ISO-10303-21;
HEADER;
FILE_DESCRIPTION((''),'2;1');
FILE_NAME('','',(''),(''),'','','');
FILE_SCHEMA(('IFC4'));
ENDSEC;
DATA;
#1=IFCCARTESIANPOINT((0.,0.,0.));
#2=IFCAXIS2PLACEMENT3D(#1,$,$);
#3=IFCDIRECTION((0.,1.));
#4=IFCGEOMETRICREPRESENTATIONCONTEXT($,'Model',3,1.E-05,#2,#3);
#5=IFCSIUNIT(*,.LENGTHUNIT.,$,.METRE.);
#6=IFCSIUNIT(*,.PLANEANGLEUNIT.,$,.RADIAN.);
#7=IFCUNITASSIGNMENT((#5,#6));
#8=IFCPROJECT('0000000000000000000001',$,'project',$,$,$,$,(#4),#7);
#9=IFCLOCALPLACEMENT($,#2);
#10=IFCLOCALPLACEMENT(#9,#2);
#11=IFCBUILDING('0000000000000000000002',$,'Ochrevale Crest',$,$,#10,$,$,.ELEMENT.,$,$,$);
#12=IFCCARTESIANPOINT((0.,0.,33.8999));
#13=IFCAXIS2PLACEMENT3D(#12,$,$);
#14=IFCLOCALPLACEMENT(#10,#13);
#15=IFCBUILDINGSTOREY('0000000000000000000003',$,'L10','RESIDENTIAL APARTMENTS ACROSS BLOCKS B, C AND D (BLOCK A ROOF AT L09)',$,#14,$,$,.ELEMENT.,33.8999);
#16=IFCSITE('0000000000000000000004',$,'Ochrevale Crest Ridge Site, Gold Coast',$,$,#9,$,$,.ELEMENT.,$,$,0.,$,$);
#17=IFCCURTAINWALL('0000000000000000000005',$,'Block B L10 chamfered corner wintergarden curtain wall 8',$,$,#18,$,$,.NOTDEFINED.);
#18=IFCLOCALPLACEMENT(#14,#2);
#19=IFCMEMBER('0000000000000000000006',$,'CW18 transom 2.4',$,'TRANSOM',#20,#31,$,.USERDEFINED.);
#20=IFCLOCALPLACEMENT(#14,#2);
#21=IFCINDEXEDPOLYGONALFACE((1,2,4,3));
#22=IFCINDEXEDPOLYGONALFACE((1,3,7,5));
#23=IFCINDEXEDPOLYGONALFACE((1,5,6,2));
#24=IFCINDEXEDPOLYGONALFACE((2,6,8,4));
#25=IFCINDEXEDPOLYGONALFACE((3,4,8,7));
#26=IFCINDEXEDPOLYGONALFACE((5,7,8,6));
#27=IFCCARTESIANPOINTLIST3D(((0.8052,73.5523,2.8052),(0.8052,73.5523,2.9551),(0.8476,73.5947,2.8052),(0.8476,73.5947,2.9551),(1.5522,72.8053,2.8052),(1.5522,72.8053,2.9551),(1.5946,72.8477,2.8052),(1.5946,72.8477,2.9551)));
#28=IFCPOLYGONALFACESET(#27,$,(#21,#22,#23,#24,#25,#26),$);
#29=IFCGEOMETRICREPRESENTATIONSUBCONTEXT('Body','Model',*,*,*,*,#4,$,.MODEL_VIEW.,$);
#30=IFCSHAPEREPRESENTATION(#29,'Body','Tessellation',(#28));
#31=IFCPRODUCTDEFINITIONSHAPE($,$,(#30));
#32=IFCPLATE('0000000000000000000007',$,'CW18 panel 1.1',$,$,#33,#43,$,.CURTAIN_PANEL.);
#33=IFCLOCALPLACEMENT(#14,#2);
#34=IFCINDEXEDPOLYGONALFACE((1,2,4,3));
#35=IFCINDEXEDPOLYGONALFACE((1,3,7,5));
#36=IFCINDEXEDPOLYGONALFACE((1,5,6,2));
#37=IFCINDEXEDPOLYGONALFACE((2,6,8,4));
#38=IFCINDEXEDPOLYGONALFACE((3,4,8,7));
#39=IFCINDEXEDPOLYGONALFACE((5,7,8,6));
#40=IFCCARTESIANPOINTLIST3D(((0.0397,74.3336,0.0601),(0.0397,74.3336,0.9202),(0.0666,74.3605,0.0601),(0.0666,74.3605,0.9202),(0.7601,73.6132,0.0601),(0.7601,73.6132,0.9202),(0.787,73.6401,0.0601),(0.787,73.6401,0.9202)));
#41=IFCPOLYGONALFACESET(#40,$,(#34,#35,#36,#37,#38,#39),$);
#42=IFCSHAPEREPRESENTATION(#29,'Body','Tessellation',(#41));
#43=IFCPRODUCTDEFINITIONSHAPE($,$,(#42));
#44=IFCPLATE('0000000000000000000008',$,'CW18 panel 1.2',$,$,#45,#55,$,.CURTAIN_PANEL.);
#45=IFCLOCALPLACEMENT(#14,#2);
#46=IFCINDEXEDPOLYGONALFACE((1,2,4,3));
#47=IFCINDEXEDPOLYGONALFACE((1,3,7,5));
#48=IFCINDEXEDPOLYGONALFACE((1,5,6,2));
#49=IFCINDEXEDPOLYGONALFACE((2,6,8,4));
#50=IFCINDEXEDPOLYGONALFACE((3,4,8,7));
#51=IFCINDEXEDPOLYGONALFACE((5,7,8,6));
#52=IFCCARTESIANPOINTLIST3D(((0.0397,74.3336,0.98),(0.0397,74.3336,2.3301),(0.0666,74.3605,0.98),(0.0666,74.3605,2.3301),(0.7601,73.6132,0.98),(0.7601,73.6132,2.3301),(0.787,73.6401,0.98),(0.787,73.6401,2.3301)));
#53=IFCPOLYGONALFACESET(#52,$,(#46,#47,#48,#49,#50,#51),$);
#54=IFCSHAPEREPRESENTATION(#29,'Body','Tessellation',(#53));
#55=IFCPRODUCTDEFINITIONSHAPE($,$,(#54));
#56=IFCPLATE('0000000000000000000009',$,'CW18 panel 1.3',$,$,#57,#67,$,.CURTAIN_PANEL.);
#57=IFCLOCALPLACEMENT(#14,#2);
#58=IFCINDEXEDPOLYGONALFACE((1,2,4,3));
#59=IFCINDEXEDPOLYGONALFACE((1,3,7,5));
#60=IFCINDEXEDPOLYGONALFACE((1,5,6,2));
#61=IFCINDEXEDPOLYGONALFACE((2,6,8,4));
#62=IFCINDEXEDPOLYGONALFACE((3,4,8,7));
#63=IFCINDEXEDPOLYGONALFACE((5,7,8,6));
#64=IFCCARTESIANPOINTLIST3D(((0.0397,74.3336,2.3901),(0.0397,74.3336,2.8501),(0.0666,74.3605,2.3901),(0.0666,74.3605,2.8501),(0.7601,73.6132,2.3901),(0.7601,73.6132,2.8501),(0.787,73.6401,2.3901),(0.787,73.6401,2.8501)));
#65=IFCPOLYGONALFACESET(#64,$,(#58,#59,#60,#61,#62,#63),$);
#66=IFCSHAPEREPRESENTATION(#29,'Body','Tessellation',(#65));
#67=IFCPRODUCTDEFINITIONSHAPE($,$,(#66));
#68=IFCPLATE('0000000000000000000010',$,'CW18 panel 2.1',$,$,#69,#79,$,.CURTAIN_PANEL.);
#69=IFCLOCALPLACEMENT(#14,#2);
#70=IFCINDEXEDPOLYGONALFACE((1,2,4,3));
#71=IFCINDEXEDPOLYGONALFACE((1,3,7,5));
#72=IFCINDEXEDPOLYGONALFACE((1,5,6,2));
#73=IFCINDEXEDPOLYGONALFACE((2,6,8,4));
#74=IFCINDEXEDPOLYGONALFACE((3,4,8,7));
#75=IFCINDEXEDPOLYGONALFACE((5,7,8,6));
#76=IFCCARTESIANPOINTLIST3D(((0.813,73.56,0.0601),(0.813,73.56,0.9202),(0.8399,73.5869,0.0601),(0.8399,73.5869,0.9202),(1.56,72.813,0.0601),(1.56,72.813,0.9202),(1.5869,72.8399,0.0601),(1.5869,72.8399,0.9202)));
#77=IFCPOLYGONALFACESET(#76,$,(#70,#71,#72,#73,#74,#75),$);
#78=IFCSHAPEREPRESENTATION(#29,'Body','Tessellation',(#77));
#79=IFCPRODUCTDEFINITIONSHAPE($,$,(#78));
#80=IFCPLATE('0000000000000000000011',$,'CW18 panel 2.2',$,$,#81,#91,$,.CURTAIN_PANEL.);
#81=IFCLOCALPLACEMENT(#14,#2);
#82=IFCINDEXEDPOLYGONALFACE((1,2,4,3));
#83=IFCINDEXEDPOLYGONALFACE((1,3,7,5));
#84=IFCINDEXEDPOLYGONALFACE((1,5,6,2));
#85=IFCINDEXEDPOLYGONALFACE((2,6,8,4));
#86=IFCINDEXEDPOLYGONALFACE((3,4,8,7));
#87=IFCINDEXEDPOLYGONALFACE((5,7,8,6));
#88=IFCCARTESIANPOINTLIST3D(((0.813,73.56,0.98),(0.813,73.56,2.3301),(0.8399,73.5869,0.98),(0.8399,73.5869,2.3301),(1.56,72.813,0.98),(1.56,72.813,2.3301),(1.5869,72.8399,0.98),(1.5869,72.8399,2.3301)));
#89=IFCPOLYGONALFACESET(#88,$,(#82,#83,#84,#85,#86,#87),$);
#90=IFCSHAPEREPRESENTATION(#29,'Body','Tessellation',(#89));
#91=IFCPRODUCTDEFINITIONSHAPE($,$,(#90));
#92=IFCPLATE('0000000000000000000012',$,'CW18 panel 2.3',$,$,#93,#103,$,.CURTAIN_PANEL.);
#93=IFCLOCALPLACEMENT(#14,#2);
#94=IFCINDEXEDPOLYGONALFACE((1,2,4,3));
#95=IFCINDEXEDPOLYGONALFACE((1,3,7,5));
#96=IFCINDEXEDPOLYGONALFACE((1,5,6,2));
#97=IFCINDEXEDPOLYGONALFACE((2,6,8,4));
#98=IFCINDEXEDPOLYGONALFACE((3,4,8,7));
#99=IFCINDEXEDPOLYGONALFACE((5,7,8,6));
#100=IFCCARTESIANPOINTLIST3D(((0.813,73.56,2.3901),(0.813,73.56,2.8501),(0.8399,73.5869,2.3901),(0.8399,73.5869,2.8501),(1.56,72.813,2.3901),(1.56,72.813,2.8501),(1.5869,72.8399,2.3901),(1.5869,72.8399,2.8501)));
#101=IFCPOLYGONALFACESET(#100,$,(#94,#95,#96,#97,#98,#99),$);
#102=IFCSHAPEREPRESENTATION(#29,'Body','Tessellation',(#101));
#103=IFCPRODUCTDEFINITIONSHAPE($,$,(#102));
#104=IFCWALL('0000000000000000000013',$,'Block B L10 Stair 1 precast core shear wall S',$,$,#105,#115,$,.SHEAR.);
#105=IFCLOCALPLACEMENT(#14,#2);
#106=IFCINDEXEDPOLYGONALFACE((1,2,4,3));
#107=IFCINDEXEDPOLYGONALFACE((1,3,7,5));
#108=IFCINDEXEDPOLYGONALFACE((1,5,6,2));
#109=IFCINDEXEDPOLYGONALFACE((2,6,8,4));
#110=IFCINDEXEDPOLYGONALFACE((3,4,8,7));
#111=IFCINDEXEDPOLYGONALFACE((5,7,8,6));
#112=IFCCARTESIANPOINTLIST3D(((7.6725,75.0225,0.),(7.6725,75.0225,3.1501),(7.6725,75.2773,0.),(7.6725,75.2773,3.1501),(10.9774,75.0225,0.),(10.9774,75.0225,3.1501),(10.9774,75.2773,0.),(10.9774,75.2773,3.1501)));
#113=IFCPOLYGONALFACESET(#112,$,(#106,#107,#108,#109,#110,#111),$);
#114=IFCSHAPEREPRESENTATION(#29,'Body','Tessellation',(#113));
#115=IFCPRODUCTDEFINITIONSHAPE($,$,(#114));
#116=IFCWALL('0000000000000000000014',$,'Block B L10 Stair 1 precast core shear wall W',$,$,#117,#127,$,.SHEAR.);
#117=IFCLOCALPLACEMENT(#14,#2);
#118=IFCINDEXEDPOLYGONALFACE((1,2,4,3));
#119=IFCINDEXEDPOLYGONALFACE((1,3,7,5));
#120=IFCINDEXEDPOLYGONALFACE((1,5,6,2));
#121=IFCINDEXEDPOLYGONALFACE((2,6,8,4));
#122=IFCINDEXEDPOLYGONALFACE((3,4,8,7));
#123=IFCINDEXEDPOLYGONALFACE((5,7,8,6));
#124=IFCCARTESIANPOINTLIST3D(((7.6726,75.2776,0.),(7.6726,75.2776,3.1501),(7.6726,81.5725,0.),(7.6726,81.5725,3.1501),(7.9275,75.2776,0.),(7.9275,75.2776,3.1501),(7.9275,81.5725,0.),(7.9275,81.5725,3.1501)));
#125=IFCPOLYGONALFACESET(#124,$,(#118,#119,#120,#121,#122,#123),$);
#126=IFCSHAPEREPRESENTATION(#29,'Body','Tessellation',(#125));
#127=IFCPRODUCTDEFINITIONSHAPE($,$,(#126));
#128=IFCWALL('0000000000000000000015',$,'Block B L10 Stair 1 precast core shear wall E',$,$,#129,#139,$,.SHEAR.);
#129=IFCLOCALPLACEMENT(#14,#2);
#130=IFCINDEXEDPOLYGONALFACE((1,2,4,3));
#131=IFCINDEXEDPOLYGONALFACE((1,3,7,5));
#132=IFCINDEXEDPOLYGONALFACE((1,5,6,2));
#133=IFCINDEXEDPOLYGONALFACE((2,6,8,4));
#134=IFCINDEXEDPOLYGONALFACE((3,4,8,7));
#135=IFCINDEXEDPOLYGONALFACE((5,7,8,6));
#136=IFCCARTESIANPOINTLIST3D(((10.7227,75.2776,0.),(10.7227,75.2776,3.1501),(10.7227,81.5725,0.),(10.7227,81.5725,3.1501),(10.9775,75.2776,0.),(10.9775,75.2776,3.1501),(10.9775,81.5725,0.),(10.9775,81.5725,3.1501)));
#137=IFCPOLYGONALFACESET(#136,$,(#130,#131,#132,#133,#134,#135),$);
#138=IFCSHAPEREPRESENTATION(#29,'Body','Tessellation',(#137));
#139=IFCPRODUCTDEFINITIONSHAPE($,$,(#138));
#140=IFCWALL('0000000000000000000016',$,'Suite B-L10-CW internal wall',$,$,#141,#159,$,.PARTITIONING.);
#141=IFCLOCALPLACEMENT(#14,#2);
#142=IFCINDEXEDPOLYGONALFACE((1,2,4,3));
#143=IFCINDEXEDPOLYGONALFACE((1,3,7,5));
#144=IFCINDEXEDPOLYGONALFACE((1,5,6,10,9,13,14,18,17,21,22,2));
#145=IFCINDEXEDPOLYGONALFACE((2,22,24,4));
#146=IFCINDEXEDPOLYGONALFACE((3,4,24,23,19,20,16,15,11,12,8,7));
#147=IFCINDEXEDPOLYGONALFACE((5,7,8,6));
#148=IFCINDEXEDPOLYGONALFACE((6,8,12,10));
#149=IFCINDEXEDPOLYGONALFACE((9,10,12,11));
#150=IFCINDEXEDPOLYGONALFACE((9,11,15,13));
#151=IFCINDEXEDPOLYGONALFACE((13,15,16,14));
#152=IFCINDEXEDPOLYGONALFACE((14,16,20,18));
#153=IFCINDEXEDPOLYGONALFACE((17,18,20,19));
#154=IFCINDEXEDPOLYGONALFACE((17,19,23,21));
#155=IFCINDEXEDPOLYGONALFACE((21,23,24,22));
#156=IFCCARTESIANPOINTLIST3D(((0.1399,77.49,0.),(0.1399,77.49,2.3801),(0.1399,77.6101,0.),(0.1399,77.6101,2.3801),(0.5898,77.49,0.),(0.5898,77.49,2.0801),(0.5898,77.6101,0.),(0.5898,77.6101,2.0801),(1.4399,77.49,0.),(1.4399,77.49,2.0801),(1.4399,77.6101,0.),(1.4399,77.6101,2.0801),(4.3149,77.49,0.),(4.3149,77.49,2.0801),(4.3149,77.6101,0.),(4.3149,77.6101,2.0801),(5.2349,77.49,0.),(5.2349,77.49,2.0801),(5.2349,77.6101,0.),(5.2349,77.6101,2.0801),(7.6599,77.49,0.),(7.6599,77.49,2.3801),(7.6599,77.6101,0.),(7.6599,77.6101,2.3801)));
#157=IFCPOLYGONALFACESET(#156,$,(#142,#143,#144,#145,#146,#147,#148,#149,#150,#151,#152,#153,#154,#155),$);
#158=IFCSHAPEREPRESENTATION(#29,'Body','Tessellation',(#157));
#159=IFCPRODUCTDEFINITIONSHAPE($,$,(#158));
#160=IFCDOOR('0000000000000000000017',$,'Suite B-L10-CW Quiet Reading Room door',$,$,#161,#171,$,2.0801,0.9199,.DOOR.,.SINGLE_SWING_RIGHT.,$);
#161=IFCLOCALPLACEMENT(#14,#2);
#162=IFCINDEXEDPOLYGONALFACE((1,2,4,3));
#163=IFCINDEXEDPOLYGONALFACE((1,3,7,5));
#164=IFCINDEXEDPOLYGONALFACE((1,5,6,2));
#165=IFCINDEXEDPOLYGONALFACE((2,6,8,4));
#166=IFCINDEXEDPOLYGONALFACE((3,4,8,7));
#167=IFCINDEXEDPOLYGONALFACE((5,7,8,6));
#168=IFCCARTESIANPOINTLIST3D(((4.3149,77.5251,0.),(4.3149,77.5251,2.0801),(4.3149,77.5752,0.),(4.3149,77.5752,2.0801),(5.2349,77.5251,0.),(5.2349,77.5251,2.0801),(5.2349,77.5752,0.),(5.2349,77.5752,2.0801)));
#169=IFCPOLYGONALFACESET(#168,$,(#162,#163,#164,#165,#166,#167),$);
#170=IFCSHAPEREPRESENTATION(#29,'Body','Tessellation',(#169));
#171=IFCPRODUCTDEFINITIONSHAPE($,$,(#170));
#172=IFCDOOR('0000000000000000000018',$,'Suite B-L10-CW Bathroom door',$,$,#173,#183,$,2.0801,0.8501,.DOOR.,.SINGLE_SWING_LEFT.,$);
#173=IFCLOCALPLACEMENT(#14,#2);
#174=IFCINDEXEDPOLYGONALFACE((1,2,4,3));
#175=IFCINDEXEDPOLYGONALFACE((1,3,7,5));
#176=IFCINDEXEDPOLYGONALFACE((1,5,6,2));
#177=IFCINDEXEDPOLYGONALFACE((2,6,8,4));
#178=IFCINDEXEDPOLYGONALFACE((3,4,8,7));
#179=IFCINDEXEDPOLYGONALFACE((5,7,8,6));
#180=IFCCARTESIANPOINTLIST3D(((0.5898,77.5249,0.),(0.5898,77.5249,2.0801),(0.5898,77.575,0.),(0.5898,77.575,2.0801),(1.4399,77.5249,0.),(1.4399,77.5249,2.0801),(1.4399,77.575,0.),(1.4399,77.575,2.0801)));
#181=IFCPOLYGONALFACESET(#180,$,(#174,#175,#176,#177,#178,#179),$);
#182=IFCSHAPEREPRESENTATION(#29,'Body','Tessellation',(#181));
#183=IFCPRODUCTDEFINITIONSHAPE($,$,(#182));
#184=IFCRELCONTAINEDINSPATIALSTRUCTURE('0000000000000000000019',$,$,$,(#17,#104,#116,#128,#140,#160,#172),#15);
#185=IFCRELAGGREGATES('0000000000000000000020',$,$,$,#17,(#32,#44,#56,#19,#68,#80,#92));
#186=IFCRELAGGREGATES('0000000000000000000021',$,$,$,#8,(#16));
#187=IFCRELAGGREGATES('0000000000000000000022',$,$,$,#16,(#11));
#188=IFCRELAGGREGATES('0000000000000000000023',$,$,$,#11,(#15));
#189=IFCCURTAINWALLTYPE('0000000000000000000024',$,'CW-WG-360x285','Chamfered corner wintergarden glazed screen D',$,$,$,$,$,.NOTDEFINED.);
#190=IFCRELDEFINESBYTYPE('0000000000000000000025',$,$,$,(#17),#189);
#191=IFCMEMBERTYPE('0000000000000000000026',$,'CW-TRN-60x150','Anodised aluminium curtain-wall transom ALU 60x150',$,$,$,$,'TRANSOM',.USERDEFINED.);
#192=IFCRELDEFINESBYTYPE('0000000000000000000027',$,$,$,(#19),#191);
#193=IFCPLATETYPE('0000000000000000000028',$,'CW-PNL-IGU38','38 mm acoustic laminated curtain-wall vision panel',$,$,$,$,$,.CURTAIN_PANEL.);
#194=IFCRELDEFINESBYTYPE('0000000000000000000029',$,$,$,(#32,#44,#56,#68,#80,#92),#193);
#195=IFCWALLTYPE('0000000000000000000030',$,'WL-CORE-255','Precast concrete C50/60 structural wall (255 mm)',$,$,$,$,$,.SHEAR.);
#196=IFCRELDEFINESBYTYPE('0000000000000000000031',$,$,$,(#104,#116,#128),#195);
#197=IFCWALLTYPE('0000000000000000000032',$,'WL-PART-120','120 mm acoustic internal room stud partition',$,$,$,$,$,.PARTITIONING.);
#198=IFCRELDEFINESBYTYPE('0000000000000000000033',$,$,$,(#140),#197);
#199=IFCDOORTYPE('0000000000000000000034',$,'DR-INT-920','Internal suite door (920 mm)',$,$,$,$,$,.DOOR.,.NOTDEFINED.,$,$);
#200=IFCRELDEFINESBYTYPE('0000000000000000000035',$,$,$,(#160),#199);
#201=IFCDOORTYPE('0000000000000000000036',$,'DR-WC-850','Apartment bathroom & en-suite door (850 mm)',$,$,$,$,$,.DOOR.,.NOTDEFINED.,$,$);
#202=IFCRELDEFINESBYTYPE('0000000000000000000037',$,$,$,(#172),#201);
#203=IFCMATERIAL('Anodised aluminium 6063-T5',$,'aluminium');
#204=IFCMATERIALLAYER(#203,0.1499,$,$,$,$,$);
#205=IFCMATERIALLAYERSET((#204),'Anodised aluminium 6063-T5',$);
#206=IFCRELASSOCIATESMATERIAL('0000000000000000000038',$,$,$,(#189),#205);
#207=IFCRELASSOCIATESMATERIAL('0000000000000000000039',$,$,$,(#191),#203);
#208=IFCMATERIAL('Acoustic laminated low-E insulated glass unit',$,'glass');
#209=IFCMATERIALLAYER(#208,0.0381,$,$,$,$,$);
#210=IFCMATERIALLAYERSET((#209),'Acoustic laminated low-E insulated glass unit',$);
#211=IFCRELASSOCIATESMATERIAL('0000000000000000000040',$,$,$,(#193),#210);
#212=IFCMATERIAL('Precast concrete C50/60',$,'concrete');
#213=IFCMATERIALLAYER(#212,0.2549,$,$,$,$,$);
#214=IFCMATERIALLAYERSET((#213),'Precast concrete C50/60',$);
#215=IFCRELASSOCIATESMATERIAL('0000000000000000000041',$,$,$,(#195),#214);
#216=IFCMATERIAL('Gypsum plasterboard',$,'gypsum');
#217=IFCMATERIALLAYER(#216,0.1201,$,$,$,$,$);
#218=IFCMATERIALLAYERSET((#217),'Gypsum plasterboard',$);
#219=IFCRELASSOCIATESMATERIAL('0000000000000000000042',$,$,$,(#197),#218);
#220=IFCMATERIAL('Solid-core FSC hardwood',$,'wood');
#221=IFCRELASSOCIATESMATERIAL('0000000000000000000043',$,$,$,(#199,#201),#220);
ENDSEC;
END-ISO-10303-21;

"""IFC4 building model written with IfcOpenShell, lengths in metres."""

from ifc_helpers import new_model, si_unit, direction, frame, frame_2d, origin, origin_2d, place, context, subcontext, project, spatial, rectangle, extrude, material, layer, layer_set, material_profile, profile_set, type_object, element, fill, aggregate, save


model = new_model("IFC4")

# Units and contexts
model_context = context("Model", 3, precision=1e-05, world=origin(), true_north=direction((0.0, 1.0)))
body_context = subcontext(model_context, "Body", "Model", "MODEL_VIEW")
ifc_project = project(units=[si_unit("LENGTHUNIT", "METRE"), si_unit("PLANEANGLEUNIT", "RADIAN")], contexts=[model_context])

# Site, building, storey
site_placement = place(None, origin())
site = spatial("IfcSite", under=ifc_project, at=site_placement, Name="Ochrevale Crest Ridge Site, Gold Coast", CompositionType="ELEMENT", RefElevation=0.0)
building_placement = place(site_placement, origin())
building = spatial("IfcBuilding", under=site, at=building_placement, Name="Ochrevale Crest", CompositionType="ELEMENT")
storey_placement = place(building_placement, frame((0.0, 0.0, 33.8999)))
storey = spatial("IfcBuildingStorey", under=building, at=storey_placement, Name="L10", Description="RESIDENTIAL APARTMENTS ACROSS BLOCKS B, C AND D (BLOCK A ROOF AT L09)", CompositionType="ELEMENT", Elevation=33.8999)

# Shared definitions
ifc_material_1 = material(Name="Precast concrete C50/60", Category="concrete")

# Curtain wall, member, plates
ifc_material_2 = material(Name="Anodised aluminium 6063-T5", Category="aluminium")
ifc_layer_1 = layer(ifc_material_2, 0.1499)
ifc_layer_set_1 = layer_set([ifc_layer_1], Name="Anodised aluminium 6063-T5")
curtain_wall_type = type_object("IfcCurtainWallType", Name="CW-WG-360x285", Description="Chamfered corner wintergarden glazed screen D", PredefinedType="NOTDEFINED", material=ifc_layer_set_1)
curtain_wall_placement = place(storey_placement, origin())
curtain_wall = element("IfcCurtainWall", 1, at=curtain_wall_placement, inside=storey, type_object=curtain_wall_type, Name="Block B L10 chamfered corner wintergarden curtain wall 8", PredefinedType="NOTDEFINED")
ifc_material_profile_1 = material_profile(ifc_material_2, rectangle(XDim=0.0601, YDim=0.1499, at=origin_2d()), Name="ALU 60x150")
ifc_profile_set_1 = profile_set([ifc_material_profile_1], Name="Anodised aluminium 6063-T5")
member_type_1 = type_object("IfcMemberType", Name="CW-TRN-60x150", Description="Anodised aluminium curtain-wall transom ALU 60x150", ElementType="TRANSOM", PredefinedType="USERDEFINED", material=ifc_profile_set_1)
member_1_placement = place(storey_placement, frame((0.8264, 73.5735, 2.8801), z_axis=(0.707107, -0.707107, 0.0), x_axis=(0.707107, 0.707107, 0.0)))
member_1 = element("IfcMember", 2, at=member_1_placement, type_object=member_type_1, Name="CW18 transom 2.4", ObjectType="TRANSOM", PredefinedType="USERDEFINED", context=body_context, shape_type="SweptSolid", body=[
    extrude(rectangle(XDim=0.0601, YDim=0.1499, at=origin_2d()), origin(), (0.0, 0.0, 1.0), 1.0564),
])
ifc_material_3 = material(Name="Acoustic laminated low-E insulated glass unit", Category="glass")
ifc_layer_2 = layer(ifc_material_3, 0.0381)
ifc_layer_set_2 = layer_set([ifc_layer_2], Name="Acoustic laminated low-E insulated glass unit")
plate_type = type_object("IfcPlateType", Name="CW-PNL-IGU38", Description="38 mm acoustic laminated curtain-wall vision panel", PredefinedType="CURTAIN_PANEL", material=ifc_layer_set_2)
plate_1_placement = place(storey_placement, frame((0.4133, 73.9868, 0.0601), z_axis=(0.0, 0.0, 1.0), x_axis=(0.707107, -0.707107, 0.0)))
plate_1 = element("IfcPlate", 3, at=plate_1_placement, type_object=plate_type, Name="CW18 panel 1.1", PredefinedType="CURTAIN_PANEL", context=body_context, shape_type="SweptSolid", body=[
    extrude(rectangle(XDim=1.0188, YDim=0.0381, at=origin_2d()), origin(), (0.0, 0.0, 1.0), 0.8601),
])
plate_2_placement = place(storey_placement, frame((0.4133, 73.9868, 0.98), z_axis=(0.0, 0.0, 1.0), x_axis=(0.707107, -0.707107, 0.0)))
plate_2 = element("IfcPlate", 4, at=plate_2_placement, type_object=plate_type, Name="CW18 panel 1.2", PredefinedType="CURTAIN_PANEL", context=body_context, shape_type="SweptSolid", body=[
    extrude(rectangle(XDim=1.0188, YDim=0.0381, at=origin_2d()), origin(), (0.0, 0.0, 1.0), 1.3501),
])
plate_3_placement = place(storey_placement, frame((0.4133, 73.9868, 2.3901), z_axis=(0.0, 0.0, 1.0), x_axis=(0.707107, -0.707107, 0.0)))
plate_3 = element("IfcPlate", 5, at=plate_3_placement, type_object=plate_type, Name="CW18 panel 1.3", PredefinedType="CURTAIN_PANEL", context=body_context, shape_type="SweptSolid", body=[
    extrude(rectangle(XDim=1.0188, YDim=0.0381, at=origin_2d()), origin(), (0.0, 0.0, 1.0), 0.46),
])
plate_4_placement = place(storey_placement, frame((1.2, 73.2, 0.0601), z_axis=(0.0, 0.0, 1.0), x_axis=(0.707107, -0.707107, 0.0)))
plate_4 = element("IfcPlate", 6, at=plate_4_placement, type_object=plate_type, Name="CW18 panel 2.1", PredefinedType="CURTAIN_PANEL", context=body_context, shape_type="SweptSolid", body=[
    extrude(rectangle(XDim=1.0564, YDim=0.0381, at=origin_2d()), origin(), (0.0, 0.0, 1.0), 0.8601),
])
plate_5_placement = place(storey_placement, frame((1.2, 73.2, 0.98), z_axis=(0.0, 0.0, 1.0), x_axis=(0.707107, -0.707107, 0.0)))
plate_5 = element("IfcPlate", 7, at=plate_5_placement, type_object=plate_type, Name="CW18 panel 2.2", PredefinedType="CURTAIN_PANEL", context=body_context, shape_type="SweptSolid", body=[
    extrude(rectangle(XDim=1.0564, YDim=0.0381, at=origin_2d()), origin(), (0.0, 0.0, 1.0), 1.3501),
])
plate_6_placement = place(storey_placement, frame((1.2, 73.2, 2.3901), z_axis=(0.0, 0.0, 1.0), x_axis=(0.707107, -0.707107, 0.0)))
plate_6 = element("IfcPlate", 8, at=plate_6_placement, type_object=plate_type, Name="CW18 panel 2.3", PredefinedType="CURTAIN_PANEL", context=body_context, shape_type="SweptSolid", body=[
    extrude(rectangle(XDim=1.0564, YDim=0.0381, at=origin_2d()), origin(), (0.0, 0.0, 1.0), 0.46),
])
aggregate(curtain_wall, [plate_1, plate_2, plate_3, member_1, plate_4, plate_5, plate_6])

# Walls
ifc_layer_3 = layer(ifc_material_1, 0.2549)
ifc_layer_set_3 = layer_set([ifc_layer_3], Name="Precast concrete C50/60")
wall_type_1 = type_object("IfcWallType", Name="WL-CORE-255", Description="Precast concrete C50/60 structural wall (255 mm)", PredefinedType="SHEAR", material=ifc_layer_set_3)
wall_1_placement = place(storey_placement, frame((7.6726, 75.1499, 0.0), z_axis=(0.0, 0.0, 1.0), x_axis=(1.0, 0.0, 0.0)))
element("IfcWall", 9, at=wall_1_placement, inside=storey, type_object=wall_type_1, Name="Block B L10 Stair 1 precast core shear wall S", PredefinedType="SHEAR", context=body_context, shape_type="SweptSolid", body=[
    extrude(rectangle(XDim=3.3049, YDim=0.2549, at=frame_2d((1.6523, 0.0))), origin(), (0.0, 0.0, 1.0), 3.1501),
])
for number, where, z_axis, x_axis, name in (
    (10, (7.8, 75.2776, 0.0), (0.0, 0.0, 1.0), (0.0, 1.0, 0.0), "Block B L10 Stair 1 precast core shear wall W"),
    (11, (10.8501, 75.2776, 0.0), (0.0, 0.0, 1.0), (0.0, 1.0, 0.0), "Block B L10 Stair 1 precast core shear wall E"),
):
    element("IfcWall", number, at=place(storey_placement, frame(where, z_axis=z_axis, x_axis=x_axis)), inside=storey, type_object=wall_type_1, Name=name, PredefinedType="SHEAR", context=body_context, shape_type="SweptSolid", body=[
        extrude(rectangle(XDim=6.2949, YDim=0.2549, at=frame_2d((3.1475, 0.0))), origin(), (0.0, 0.0, 1.0), 3.1501),
    ])

# Wall, openings, doors
ifc_material_4 = material(Name="Gypsum plasterboard", Category="gypsum")
ifc_layer_4 = layer(ifc_material_4, 0.1201)
ifc_layer_set_4 = layer_set([ifc_layer_4], Name="Gypsum plasterboard")
wall_type_2 = type_object("IfcWallType", Name="WL-PART-120", Description="120 mm acoustic internal room stud partition", PredefinedType="PARTITIONING", material=ifc_layer_set_4)
wall_2_placement = place(storey_placement, frame((0.1399, 77.55, 0.0), z_axis=(0.0, 0.0, 1.0), x_axis=(1.0, 0.0, 0.0)))
wall_2 = element("IfcWall", 12, at=wall_2_placement, inside=storey, type_object=wall_type_2, Name="Suite B-L10-CW internal wall", PredefinedType="PARTITIONING", context=body_context, shape_type="SweptSolid", body=[
    extrude(rectangle(XDim=7.52, YDim=0.1201, at=frame_2d((3.76, 0.0))), origin(), (0.0, 0.0, 1.0), 2.3801),
])
opening_1_placement = place(wall_2_placement, frame((0.45, 0.0, 0.0)))
opening_1 = element("IfcOpeningElement", 13, at=opening_1_placement, cuts=wall_2, PredefinedType="OPENING", context=body_context, shape_type="SweptSolid", body=[
    extrude(rectangle(XDim=0.8501, YDim=2.0801, at=frame_2d((0.425, 1.04))), frame((0.0, 0.0701, 0.0), z_axis=(0.0, -1.0, 0.0), x_axis=(1.0, 0.0, 0.0)), (0.0, 0.0, 1.0), 0.1401),
])
opening_2_placement = place(wall_2_placement, frame((5.095, 0.0, 0.0), z_axis=(0.0, 0.0, 1.0), x_axis=(-1.0, 0.0, 0.0)))
opening_2 = element("IfcOpeningElement", 14, at=opening_2_placement, cuts=wall_2, PredefinedType="OPENING", context=body_context, shape_type="SweptSolid", body=[
    extrude(rectangle(XDim=0.9199, YDim=2.0801, at=frame_2d((0.46, 1.04))), frame((0.0, 0.0701, 0.0), z_axis=(0.0, -1.0, 0.0), x_axis=(1.0, 0.0, 0.0)), (0.0, 0.0, 1.0), 0.1401),
])
ifc_material_5 = material(Name="Solid-core FSC hardwood", Category="wood")
door_type_1 = type_object("IfcDoorType", Name="DR-INT-920", Description="Internal suite door (920 mm)", OperationType="NOTDEFINED", PredefinedType="DOOR", material=ifc_material_5)
door_1_placement = place(opening_2_placement, origin())
door_1 = element("IfcDoor", 15, at=door_1_placement, inside=storey, type_object=door_type_1, Name="Suite B-L10-CW Quiet Reading Room door", OperationType="SINGLE_SWING_RIGHT", OverallHeight=2.0801, OverallWidth=0.9199, PredefinedType="DOOR", context=body_context, shape_type="SweptSolid", body=[
    extrude(rectangle(XDim=0.9199, YDim=2.0801, at=frame_2d((0.46, 1.04))), frame((0.0, 0.0249, 0.0), z_axis=(0.0, -1.0, 0.0), x_axis=(1.0, 0.0, 0.0)), (0.0, 0.0, 1.0), 0.05),
])
fill(opening_2, door_1)
door_type_2 = type_object("IfcDoorType", Name="DR-WC-850", Description="Apartment bathroom & en-suite door (850 mm)", OperationType="NOTDEFINED", PredefinedType="DOOR", material=ifc_material_5)
door_2_placement = place(opening_1_placement, origin())
door_2 = element("IfcDoor", 16, at=door_2_placement, inside=storey, type_object=door_type_2, Name="Suite B-L10-CW Bathroom door", OperationType="SINGLE_SWING_LEFT", OverallHeight=2.0801, OverallWidth=0.8501, PredefinedType="DOOR", context=body_context, shape_type="SweptSolid", body=[
    extrude(rectangle(XDim=0.8501, YDim=2.0801, at=frame_2d((0.425, 1.04))), frame((0.0, 0.0249, 0.0), z_axis=(0.0, -1.0, 0.0), x_axis=(1.0, 0.0, 0.0)), (0.0, 0.0, 1.0), 0.05),
])
fill(opening_1, door_2)

save(model, "model.ifc")
